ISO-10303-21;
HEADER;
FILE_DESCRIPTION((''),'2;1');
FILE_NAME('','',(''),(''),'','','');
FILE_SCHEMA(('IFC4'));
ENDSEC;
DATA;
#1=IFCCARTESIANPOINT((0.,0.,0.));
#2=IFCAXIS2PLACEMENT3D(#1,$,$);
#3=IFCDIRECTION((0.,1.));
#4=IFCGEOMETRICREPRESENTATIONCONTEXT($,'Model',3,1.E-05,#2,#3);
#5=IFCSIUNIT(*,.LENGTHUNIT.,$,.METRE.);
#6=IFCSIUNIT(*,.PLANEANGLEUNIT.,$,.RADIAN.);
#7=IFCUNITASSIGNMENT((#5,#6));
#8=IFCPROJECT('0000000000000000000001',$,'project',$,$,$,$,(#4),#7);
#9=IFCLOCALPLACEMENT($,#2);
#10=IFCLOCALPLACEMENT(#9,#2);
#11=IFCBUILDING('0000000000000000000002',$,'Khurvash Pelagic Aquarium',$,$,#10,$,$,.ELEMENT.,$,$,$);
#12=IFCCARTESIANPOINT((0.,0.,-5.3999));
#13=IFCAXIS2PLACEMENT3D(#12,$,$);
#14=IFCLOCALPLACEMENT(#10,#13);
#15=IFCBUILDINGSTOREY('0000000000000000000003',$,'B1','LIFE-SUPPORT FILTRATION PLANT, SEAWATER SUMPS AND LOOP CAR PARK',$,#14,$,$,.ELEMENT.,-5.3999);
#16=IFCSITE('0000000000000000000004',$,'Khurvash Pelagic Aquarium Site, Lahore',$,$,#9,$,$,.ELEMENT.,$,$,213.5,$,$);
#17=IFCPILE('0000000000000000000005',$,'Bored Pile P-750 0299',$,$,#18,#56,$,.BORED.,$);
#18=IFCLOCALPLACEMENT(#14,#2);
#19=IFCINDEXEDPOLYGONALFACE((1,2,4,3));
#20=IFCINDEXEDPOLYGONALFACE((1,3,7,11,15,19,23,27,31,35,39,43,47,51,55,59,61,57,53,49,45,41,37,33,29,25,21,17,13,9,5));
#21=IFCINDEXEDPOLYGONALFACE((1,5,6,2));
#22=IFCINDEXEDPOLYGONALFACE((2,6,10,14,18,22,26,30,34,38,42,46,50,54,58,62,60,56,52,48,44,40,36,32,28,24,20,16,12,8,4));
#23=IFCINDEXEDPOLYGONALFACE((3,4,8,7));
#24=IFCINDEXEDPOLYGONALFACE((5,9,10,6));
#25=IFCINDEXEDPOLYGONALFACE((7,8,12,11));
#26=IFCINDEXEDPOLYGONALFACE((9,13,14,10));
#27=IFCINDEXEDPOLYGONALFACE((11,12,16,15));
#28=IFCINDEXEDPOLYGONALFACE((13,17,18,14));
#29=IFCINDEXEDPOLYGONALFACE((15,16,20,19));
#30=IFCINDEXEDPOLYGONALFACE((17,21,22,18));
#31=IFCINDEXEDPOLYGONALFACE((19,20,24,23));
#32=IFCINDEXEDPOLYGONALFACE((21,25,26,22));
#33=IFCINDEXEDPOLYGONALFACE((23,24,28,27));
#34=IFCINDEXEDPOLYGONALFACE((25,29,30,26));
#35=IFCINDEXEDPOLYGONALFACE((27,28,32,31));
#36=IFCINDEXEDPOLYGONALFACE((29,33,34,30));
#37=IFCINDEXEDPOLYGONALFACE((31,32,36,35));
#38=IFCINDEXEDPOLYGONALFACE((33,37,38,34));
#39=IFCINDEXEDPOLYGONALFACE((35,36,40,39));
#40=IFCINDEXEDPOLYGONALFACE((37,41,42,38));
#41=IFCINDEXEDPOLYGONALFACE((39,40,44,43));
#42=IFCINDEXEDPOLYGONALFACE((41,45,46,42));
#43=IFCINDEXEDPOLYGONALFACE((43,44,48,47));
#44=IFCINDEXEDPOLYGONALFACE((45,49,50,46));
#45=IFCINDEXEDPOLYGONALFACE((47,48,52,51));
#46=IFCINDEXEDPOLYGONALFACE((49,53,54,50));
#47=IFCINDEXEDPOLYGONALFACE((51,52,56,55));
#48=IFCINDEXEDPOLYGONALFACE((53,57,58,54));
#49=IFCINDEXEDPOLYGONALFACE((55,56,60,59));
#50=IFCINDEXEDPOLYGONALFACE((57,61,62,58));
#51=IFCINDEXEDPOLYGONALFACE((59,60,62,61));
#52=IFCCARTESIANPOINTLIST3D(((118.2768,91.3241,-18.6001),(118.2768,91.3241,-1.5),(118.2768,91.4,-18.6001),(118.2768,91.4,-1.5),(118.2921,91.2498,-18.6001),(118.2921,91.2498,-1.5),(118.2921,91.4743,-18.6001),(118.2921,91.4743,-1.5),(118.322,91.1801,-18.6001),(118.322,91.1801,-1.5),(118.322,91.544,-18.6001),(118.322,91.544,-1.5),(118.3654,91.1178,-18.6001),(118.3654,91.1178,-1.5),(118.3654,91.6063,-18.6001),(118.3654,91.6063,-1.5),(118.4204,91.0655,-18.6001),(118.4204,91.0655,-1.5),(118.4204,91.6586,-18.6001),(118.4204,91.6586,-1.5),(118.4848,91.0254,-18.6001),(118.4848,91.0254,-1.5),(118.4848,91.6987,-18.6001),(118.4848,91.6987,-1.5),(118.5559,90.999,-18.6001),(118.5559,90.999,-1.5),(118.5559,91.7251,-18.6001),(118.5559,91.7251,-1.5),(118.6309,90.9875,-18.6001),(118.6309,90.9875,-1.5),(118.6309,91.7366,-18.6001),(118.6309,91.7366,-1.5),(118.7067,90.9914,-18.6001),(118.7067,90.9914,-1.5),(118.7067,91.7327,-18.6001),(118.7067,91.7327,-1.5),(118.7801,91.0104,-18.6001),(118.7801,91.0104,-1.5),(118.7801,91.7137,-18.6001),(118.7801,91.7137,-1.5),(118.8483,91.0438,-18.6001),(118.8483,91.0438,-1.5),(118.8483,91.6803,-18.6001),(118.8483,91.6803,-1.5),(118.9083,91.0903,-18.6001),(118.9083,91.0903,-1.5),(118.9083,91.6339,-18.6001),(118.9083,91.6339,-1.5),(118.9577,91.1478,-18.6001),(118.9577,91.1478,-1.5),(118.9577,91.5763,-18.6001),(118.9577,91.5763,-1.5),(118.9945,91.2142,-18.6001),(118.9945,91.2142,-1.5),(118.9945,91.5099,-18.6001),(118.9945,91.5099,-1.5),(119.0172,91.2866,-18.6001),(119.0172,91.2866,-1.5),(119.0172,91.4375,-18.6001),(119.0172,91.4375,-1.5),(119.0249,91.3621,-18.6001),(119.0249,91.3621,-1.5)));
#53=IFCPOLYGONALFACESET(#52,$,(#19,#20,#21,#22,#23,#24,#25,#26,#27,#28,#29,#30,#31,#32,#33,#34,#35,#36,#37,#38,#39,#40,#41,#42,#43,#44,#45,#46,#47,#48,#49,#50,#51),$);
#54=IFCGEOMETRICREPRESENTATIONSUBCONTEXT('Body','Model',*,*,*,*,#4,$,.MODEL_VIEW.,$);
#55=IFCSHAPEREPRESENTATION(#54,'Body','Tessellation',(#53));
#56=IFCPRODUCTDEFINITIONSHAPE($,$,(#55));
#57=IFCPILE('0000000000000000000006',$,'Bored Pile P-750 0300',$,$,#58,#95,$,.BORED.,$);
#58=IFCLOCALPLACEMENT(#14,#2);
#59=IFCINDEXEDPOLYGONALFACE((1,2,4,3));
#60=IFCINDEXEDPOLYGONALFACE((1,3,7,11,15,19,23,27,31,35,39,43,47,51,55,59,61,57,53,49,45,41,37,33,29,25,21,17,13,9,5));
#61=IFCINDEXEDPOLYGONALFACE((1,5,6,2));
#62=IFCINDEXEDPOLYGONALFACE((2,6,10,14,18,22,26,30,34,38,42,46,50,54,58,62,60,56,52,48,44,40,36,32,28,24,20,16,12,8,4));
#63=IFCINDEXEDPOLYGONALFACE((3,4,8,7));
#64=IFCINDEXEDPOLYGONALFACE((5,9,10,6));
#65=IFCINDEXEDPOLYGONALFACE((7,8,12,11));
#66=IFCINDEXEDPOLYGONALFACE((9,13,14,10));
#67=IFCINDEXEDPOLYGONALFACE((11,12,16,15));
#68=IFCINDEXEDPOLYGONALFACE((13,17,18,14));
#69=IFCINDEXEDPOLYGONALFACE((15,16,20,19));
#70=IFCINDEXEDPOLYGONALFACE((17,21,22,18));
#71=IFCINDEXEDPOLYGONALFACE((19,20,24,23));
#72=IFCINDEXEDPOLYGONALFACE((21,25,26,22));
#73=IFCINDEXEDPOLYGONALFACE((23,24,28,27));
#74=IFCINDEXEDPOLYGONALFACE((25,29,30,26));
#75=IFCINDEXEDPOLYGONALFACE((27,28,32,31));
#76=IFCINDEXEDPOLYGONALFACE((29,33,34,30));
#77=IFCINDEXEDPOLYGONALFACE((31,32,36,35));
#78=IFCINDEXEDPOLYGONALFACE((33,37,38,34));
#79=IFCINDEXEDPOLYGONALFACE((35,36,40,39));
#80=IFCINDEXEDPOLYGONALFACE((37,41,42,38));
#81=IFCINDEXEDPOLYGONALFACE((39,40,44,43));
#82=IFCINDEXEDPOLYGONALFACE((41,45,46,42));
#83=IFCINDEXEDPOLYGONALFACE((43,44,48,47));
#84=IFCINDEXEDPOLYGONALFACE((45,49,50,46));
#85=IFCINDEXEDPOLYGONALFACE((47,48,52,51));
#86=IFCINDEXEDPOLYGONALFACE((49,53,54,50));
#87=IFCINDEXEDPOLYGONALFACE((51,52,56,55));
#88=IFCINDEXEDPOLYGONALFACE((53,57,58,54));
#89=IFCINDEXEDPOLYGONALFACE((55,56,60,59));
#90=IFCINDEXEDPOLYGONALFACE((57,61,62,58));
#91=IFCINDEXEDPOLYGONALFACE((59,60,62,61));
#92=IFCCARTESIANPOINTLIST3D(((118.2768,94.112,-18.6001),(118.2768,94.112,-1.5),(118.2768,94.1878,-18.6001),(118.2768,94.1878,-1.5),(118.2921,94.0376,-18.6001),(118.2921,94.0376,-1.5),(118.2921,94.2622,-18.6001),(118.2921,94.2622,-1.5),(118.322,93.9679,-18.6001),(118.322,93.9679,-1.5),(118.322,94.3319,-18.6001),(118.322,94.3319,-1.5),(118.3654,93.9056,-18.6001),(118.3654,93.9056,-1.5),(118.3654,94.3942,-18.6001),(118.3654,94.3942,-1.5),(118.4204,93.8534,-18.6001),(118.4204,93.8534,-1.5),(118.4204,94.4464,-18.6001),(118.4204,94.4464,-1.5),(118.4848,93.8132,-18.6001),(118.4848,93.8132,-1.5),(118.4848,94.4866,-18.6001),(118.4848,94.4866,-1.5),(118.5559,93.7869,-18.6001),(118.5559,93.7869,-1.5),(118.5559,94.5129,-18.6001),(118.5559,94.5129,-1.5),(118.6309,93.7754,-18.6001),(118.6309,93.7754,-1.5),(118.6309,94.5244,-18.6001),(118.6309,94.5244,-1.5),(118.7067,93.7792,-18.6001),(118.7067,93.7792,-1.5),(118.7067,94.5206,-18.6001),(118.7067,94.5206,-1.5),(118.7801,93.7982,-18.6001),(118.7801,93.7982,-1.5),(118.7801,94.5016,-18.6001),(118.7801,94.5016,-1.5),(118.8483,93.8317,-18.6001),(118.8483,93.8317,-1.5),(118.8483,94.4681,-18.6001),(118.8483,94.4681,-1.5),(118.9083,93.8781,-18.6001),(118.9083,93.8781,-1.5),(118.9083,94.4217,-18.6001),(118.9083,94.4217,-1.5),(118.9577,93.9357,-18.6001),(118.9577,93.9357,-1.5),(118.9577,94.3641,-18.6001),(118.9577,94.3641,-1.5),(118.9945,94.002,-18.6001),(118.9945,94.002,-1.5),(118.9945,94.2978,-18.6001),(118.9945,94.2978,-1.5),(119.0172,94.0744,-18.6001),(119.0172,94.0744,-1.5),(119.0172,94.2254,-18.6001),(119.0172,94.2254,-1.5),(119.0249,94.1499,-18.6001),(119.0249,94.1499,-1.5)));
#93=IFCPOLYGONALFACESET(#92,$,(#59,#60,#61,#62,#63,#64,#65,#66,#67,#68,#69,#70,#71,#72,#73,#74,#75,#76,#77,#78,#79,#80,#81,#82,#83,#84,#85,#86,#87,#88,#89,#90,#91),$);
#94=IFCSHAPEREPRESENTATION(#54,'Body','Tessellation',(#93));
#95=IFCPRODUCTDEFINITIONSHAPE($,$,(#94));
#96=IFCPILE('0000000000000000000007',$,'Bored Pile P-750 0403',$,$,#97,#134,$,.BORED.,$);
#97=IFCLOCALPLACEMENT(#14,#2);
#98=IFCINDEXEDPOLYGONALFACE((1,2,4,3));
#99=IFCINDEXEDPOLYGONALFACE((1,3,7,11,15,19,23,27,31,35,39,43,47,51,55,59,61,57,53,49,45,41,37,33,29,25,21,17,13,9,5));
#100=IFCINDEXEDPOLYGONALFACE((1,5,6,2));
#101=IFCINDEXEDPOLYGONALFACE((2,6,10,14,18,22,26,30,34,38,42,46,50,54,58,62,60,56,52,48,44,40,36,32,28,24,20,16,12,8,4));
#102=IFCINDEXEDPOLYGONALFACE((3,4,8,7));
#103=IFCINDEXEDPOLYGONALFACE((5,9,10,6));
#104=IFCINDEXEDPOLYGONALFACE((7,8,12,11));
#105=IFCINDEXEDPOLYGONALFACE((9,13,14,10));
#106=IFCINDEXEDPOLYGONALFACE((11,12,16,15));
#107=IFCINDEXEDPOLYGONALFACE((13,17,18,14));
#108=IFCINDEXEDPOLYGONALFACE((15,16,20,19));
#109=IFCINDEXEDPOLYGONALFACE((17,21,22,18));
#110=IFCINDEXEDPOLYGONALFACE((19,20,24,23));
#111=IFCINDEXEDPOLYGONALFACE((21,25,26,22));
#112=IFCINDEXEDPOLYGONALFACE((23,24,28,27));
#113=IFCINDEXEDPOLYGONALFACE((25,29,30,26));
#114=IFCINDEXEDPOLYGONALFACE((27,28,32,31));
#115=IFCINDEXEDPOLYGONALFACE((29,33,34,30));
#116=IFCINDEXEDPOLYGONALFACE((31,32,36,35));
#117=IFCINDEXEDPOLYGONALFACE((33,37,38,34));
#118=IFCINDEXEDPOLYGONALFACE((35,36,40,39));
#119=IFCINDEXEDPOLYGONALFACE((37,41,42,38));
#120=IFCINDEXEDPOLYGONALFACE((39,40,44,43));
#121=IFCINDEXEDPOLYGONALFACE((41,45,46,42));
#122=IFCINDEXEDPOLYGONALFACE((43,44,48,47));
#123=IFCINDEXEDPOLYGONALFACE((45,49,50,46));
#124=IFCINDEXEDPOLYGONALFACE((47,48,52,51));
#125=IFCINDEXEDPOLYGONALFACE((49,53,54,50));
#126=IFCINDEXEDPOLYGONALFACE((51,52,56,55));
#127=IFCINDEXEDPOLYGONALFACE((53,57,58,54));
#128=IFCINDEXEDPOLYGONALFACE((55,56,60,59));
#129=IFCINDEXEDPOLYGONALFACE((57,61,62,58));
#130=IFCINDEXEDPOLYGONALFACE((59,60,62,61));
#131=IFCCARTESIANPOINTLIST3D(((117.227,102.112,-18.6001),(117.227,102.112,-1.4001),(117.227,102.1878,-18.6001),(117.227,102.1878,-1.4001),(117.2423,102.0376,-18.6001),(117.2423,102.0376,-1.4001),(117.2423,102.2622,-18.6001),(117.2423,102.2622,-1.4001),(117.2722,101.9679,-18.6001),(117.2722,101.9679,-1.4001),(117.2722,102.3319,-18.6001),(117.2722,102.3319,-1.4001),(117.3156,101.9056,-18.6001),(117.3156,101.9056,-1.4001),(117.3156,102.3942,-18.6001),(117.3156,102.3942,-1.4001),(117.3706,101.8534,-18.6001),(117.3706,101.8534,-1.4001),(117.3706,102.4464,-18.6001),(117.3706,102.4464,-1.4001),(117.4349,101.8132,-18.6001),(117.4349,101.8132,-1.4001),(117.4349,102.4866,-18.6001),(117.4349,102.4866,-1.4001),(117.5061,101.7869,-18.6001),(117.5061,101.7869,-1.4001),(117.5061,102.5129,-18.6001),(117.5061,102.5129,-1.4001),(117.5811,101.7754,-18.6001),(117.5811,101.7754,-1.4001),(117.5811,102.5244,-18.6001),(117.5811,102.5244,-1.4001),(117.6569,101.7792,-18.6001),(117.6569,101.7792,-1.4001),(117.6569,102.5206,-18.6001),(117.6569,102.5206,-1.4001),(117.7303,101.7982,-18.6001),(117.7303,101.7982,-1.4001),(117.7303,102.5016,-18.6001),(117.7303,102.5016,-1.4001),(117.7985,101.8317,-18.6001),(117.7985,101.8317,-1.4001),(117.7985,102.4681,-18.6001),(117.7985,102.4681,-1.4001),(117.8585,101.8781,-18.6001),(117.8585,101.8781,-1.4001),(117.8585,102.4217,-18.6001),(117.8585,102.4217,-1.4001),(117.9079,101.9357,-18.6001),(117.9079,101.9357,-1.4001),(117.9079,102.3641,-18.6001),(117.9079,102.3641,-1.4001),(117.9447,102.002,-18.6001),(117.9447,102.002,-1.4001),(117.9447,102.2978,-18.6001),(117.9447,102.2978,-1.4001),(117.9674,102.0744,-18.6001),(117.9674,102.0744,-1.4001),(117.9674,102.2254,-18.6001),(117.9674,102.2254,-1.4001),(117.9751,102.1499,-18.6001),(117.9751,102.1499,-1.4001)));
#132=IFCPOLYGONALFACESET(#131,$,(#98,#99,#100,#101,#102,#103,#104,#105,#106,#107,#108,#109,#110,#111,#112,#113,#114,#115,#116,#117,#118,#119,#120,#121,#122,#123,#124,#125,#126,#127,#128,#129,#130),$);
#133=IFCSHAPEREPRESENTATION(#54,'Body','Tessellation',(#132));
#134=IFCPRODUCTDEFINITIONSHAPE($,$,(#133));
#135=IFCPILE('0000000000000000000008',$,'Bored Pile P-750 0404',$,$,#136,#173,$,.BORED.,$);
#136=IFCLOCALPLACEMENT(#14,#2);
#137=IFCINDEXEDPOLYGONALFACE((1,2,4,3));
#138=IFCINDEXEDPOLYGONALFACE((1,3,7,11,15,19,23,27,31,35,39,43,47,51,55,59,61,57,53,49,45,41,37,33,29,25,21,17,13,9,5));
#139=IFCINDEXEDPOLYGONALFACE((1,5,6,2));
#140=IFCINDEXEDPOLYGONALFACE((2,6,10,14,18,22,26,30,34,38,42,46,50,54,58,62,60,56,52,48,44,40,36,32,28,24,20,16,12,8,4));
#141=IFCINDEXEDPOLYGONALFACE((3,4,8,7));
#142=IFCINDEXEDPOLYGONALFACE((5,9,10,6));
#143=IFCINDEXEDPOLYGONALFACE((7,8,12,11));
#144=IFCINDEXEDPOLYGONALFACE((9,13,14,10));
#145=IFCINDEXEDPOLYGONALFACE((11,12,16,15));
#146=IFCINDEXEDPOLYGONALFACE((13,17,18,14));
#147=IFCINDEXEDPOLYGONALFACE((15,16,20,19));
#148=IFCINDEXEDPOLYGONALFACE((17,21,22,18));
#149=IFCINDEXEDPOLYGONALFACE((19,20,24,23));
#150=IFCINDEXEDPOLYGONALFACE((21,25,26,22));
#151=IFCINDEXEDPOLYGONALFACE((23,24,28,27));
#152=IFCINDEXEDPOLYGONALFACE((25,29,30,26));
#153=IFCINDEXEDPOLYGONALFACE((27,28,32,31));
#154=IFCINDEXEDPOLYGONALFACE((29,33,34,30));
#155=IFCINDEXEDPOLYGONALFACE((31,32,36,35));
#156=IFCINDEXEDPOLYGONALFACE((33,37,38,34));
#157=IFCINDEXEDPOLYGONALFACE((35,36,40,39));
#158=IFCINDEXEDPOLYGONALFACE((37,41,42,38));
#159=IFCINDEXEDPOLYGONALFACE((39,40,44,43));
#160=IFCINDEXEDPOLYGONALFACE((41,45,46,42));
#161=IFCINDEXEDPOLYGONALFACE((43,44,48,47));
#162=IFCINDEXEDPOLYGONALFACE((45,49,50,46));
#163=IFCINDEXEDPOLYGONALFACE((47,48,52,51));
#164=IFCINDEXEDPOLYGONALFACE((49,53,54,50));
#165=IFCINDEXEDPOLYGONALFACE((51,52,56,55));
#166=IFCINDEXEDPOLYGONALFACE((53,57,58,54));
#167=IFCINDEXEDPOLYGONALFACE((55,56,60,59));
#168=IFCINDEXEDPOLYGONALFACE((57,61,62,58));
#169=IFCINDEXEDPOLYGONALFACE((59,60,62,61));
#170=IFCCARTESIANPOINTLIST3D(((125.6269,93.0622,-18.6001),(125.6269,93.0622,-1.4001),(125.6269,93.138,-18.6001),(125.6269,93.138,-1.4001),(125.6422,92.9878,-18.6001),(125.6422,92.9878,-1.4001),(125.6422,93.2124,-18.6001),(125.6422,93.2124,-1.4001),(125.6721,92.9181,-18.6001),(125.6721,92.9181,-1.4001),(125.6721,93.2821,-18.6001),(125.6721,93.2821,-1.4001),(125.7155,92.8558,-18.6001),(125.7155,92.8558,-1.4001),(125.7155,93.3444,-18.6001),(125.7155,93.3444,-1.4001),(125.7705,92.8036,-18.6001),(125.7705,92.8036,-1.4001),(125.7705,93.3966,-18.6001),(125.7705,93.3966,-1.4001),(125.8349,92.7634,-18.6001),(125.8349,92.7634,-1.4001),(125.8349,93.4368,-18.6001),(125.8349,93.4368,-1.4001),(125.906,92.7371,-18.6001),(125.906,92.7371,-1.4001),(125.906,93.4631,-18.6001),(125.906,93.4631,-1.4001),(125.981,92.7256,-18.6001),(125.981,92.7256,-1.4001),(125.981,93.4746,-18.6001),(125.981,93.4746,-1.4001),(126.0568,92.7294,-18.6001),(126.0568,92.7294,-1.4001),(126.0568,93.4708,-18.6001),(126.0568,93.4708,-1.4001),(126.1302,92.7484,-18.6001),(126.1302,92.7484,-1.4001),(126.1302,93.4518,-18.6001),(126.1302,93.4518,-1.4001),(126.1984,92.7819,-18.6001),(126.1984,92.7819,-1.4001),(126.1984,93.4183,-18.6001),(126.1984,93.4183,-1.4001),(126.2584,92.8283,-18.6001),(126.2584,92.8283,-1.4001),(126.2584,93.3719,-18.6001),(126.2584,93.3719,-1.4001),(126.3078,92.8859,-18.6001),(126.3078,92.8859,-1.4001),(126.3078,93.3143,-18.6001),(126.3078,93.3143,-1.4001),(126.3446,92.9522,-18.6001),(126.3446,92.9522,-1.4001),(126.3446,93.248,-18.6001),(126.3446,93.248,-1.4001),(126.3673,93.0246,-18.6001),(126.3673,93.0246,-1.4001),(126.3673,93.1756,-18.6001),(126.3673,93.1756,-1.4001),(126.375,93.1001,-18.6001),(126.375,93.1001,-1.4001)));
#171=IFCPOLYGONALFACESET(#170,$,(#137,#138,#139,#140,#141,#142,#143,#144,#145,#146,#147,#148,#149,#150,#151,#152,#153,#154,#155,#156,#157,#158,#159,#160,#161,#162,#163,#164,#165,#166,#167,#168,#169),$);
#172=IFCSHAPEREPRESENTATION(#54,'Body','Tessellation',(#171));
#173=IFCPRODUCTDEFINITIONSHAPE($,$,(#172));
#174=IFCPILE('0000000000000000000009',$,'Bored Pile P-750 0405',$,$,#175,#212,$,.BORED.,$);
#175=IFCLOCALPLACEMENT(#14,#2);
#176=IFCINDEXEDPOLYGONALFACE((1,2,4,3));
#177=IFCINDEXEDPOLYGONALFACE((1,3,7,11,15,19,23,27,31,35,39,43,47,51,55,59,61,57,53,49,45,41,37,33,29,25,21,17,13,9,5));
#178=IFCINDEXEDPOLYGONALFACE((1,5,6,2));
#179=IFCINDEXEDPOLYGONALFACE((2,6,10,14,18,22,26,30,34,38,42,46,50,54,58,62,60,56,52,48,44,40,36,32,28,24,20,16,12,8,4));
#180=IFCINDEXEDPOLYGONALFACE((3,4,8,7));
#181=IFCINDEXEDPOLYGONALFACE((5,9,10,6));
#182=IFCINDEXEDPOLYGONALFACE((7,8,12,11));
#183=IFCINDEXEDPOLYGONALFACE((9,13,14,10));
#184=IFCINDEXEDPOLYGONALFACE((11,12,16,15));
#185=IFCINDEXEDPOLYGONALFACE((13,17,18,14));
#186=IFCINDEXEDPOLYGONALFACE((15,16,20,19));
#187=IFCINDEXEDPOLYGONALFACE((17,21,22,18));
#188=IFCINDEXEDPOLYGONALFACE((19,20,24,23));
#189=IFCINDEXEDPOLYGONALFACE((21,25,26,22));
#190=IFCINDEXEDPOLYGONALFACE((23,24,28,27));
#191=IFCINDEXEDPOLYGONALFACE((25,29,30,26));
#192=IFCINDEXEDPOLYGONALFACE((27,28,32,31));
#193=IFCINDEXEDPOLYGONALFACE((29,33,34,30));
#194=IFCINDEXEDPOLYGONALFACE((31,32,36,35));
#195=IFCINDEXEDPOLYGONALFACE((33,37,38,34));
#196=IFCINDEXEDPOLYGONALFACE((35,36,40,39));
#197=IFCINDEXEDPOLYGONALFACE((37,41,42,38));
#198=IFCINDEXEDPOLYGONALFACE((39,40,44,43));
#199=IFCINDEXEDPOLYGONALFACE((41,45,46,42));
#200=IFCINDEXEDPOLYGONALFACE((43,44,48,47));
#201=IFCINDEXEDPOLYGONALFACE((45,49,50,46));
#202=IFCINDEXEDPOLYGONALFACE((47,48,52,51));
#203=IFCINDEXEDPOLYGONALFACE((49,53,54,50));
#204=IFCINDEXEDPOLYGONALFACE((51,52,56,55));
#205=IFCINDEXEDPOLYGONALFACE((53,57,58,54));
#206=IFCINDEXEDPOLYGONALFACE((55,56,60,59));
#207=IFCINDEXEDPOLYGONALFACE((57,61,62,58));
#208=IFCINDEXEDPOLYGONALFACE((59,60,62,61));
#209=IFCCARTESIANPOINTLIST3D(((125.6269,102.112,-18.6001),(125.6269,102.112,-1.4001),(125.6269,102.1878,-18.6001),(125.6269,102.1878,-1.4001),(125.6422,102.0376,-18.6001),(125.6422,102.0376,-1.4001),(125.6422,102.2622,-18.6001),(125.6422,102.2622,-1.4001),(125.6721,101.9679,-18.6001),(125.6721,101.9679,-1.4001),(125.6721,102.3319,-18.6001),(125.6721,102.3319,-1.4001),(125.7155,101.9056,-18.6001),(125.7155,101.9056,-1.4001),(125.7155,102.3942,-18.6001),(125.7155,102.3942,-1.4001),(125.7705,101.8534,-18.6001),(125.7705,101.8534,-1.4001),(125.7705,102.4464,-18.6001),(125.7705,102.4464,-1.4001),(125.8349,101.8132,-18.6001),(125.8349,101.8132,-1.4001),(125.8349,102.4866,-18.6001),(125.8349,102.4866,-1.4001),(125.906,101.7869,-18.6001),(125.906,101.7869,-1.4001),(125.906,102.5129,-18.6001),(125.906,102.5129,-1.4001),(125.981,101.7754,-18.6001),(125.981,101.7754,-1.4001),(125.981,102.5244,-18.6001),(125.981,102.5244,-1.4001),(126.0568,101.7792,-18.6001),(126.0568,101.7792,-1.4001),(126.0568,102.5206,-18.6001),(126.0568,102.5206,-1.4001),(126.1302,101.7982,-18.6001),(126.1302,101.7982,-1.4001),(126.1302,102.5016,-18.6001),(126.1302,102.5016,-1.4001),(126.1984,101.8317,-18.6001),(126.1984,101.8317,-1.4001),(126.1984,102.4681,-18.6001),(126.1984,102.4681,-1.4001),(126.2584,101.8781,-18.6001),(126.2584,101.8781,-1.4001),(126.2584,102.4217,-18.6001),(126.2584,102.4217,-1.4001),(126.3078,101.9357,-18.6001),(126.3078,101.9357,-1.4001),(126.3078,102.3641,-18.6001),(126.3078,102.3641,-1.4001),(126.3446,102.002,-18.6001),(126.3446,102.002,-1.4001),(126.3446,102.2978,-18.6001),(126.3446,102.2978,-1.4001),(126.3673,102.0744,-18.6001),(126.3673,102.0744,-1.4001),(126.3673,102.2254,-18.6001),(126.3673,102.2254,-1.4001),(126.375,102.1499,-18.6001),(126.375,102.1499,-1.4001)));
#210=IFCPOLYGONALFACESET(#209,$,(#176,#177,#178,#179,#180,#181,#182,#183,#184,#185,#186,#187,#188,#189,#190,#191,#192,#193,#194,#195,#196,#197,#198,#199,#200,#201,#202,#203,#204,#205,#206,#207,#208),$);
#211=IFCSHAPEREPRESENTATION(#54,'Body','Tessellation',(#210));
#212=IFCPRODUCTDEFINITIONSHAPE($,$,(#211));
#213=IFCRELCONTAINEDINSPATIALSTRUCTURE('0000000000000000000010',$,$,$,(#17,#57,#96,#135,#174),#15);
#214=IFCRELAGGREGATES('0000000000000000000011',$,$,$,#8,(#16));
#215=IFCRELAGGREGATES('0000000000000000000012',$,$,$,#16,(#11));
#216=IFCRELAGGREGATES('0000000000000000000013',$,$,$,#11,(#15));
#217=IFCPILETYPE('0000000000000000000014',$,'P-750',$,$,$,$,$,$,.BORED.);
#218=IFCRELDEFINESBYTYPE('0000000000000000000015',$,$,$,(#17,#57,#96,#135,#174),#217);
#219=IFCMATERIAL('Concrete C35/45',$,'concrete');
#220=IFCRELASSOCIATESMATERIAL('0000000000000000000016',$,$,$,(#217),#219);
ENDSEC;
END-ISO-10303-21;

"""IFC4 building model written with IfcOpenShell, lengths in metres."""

from ifc_helpers import new_model, si_unit, direction, frame, origin, origin_2d, place, context, subcontext, project, spatial, circle, extrude, material, material_profile, profile_set, type_object, element, save


model = new_model("IFC4")

# Units and contexts
model_context = context("Model", 3, precision=1e-05, world=origin(), true_north=direction((0.0, 1.0)))
body_context = subcontext(model_context, "Body", "Model", "MODEL_VIEW")
ifc_project = project(units=[si_unit("LENGTHUNIT", "METRE"), si_unit("PLANEANGLEUNIT", "RADIAN")], contexts=[model_context])

# Site, building, storey
site_placement = place(None, origin())
site = spatial("IfcSite", under=ifc_project, at=site_placement, Name="Khurvash Pelagic Aquarium Site, Lahore", CompositionType="ELEMENT", RefElevation=213.5)
building_placement = place(site_placement, origin())
building = spatial("IfcBuilding", under=site, at=building_placement, Name="Khurvash Pelagic Aquarium", CompositionType="ELEMENT")
storey_placement = place(building_placement, frame((0.0, 0.0, -5.3999)))
storey = spatial("IfcBuildingStorey", under=building, at=storey_placement, Name="B1", Description="LIFE-SUPPORT FILTRATION PLANT, SEAWATER SUMPS AND LOOP CAR PARK", CompositionType="ELEMENT", Elevation=-5.3999)

# Shared definitions
ifc_material_1 = material(Name="Concrete C35/45", Category="concrete")

# Piles
ifc_material_profile_1 = material_profile(ifc_material_1, circle(Radius=0.375, at=origin_2d()), Name="PILE750")
ifc_profile_set_1 = profile_set([ifc_material_profile_1], Name="Concrete C35/45")
pile_type_1 = type_object("IfcPileType", Name="P-750", PredefinedType="BORED", material=ifc_profile_set_1)
for number, where, z_axis, x_axis, name in (
    (1, (118.6499, 91.3621, -1.5), (0.0, 0.0, -1.0), (1.0, 0.0, 0.0), "Bored Pile P-750 0299"),
    (2, (118.6499, 94.1499, -1.5), (0.0, 0.0, -1.0), (1.0, 0.0, 0.0), "Bored Pile P-750 0300"),
):
    element("IfcPile", number, at=place(storey_placement, frame(where, z_axis=z_axis, x_axis=x_axis)), inside=storey, type_object=pile_type_1, Name=name, PredefinedType="BORED", context=body_context, shape_type="SweptSolid", body=[
        extrude(circle(Radius=0.375, at=origin_2d()), origin(), (0.0, 0.0, 1.0), 17.1001),
    ])
for number, where, z_axis, x_axis, name in (
    (3, (117.6001, 102.1499, -1.4001), (0.0, 0.0, -1.0), (1.0, 0.0, 0.0), "Bored Pile P-750 0403"),
    (4, (126.0, 93.1001, -1.4001), (0.0, 0.0, -1.0), (1.0, 0.0, 0.0), "Bored Pile P-750 0404"),
    (5, (126.0, 102.1499, -1.4001), (0.0, 0.0, -1.0), (1.0, 0.0, 0.0), "Bored Pile P-750 0405"),
):
    element("IfcPile", number, at=place(storey_placement, frame(where, z_axis=z_axis, x_axis=x_axis)), inside=storey, type_object=pile_type_1, Name=name, PredefinedType="BORED", context=body_context, shape_type="SweptSolid", body=[
        extrude(circle(Radius=0.375, at=origin_2d()), origin(), (0.0, 0.0, 1.0), 17.2),
    ])

save(model, "model.ifc")
